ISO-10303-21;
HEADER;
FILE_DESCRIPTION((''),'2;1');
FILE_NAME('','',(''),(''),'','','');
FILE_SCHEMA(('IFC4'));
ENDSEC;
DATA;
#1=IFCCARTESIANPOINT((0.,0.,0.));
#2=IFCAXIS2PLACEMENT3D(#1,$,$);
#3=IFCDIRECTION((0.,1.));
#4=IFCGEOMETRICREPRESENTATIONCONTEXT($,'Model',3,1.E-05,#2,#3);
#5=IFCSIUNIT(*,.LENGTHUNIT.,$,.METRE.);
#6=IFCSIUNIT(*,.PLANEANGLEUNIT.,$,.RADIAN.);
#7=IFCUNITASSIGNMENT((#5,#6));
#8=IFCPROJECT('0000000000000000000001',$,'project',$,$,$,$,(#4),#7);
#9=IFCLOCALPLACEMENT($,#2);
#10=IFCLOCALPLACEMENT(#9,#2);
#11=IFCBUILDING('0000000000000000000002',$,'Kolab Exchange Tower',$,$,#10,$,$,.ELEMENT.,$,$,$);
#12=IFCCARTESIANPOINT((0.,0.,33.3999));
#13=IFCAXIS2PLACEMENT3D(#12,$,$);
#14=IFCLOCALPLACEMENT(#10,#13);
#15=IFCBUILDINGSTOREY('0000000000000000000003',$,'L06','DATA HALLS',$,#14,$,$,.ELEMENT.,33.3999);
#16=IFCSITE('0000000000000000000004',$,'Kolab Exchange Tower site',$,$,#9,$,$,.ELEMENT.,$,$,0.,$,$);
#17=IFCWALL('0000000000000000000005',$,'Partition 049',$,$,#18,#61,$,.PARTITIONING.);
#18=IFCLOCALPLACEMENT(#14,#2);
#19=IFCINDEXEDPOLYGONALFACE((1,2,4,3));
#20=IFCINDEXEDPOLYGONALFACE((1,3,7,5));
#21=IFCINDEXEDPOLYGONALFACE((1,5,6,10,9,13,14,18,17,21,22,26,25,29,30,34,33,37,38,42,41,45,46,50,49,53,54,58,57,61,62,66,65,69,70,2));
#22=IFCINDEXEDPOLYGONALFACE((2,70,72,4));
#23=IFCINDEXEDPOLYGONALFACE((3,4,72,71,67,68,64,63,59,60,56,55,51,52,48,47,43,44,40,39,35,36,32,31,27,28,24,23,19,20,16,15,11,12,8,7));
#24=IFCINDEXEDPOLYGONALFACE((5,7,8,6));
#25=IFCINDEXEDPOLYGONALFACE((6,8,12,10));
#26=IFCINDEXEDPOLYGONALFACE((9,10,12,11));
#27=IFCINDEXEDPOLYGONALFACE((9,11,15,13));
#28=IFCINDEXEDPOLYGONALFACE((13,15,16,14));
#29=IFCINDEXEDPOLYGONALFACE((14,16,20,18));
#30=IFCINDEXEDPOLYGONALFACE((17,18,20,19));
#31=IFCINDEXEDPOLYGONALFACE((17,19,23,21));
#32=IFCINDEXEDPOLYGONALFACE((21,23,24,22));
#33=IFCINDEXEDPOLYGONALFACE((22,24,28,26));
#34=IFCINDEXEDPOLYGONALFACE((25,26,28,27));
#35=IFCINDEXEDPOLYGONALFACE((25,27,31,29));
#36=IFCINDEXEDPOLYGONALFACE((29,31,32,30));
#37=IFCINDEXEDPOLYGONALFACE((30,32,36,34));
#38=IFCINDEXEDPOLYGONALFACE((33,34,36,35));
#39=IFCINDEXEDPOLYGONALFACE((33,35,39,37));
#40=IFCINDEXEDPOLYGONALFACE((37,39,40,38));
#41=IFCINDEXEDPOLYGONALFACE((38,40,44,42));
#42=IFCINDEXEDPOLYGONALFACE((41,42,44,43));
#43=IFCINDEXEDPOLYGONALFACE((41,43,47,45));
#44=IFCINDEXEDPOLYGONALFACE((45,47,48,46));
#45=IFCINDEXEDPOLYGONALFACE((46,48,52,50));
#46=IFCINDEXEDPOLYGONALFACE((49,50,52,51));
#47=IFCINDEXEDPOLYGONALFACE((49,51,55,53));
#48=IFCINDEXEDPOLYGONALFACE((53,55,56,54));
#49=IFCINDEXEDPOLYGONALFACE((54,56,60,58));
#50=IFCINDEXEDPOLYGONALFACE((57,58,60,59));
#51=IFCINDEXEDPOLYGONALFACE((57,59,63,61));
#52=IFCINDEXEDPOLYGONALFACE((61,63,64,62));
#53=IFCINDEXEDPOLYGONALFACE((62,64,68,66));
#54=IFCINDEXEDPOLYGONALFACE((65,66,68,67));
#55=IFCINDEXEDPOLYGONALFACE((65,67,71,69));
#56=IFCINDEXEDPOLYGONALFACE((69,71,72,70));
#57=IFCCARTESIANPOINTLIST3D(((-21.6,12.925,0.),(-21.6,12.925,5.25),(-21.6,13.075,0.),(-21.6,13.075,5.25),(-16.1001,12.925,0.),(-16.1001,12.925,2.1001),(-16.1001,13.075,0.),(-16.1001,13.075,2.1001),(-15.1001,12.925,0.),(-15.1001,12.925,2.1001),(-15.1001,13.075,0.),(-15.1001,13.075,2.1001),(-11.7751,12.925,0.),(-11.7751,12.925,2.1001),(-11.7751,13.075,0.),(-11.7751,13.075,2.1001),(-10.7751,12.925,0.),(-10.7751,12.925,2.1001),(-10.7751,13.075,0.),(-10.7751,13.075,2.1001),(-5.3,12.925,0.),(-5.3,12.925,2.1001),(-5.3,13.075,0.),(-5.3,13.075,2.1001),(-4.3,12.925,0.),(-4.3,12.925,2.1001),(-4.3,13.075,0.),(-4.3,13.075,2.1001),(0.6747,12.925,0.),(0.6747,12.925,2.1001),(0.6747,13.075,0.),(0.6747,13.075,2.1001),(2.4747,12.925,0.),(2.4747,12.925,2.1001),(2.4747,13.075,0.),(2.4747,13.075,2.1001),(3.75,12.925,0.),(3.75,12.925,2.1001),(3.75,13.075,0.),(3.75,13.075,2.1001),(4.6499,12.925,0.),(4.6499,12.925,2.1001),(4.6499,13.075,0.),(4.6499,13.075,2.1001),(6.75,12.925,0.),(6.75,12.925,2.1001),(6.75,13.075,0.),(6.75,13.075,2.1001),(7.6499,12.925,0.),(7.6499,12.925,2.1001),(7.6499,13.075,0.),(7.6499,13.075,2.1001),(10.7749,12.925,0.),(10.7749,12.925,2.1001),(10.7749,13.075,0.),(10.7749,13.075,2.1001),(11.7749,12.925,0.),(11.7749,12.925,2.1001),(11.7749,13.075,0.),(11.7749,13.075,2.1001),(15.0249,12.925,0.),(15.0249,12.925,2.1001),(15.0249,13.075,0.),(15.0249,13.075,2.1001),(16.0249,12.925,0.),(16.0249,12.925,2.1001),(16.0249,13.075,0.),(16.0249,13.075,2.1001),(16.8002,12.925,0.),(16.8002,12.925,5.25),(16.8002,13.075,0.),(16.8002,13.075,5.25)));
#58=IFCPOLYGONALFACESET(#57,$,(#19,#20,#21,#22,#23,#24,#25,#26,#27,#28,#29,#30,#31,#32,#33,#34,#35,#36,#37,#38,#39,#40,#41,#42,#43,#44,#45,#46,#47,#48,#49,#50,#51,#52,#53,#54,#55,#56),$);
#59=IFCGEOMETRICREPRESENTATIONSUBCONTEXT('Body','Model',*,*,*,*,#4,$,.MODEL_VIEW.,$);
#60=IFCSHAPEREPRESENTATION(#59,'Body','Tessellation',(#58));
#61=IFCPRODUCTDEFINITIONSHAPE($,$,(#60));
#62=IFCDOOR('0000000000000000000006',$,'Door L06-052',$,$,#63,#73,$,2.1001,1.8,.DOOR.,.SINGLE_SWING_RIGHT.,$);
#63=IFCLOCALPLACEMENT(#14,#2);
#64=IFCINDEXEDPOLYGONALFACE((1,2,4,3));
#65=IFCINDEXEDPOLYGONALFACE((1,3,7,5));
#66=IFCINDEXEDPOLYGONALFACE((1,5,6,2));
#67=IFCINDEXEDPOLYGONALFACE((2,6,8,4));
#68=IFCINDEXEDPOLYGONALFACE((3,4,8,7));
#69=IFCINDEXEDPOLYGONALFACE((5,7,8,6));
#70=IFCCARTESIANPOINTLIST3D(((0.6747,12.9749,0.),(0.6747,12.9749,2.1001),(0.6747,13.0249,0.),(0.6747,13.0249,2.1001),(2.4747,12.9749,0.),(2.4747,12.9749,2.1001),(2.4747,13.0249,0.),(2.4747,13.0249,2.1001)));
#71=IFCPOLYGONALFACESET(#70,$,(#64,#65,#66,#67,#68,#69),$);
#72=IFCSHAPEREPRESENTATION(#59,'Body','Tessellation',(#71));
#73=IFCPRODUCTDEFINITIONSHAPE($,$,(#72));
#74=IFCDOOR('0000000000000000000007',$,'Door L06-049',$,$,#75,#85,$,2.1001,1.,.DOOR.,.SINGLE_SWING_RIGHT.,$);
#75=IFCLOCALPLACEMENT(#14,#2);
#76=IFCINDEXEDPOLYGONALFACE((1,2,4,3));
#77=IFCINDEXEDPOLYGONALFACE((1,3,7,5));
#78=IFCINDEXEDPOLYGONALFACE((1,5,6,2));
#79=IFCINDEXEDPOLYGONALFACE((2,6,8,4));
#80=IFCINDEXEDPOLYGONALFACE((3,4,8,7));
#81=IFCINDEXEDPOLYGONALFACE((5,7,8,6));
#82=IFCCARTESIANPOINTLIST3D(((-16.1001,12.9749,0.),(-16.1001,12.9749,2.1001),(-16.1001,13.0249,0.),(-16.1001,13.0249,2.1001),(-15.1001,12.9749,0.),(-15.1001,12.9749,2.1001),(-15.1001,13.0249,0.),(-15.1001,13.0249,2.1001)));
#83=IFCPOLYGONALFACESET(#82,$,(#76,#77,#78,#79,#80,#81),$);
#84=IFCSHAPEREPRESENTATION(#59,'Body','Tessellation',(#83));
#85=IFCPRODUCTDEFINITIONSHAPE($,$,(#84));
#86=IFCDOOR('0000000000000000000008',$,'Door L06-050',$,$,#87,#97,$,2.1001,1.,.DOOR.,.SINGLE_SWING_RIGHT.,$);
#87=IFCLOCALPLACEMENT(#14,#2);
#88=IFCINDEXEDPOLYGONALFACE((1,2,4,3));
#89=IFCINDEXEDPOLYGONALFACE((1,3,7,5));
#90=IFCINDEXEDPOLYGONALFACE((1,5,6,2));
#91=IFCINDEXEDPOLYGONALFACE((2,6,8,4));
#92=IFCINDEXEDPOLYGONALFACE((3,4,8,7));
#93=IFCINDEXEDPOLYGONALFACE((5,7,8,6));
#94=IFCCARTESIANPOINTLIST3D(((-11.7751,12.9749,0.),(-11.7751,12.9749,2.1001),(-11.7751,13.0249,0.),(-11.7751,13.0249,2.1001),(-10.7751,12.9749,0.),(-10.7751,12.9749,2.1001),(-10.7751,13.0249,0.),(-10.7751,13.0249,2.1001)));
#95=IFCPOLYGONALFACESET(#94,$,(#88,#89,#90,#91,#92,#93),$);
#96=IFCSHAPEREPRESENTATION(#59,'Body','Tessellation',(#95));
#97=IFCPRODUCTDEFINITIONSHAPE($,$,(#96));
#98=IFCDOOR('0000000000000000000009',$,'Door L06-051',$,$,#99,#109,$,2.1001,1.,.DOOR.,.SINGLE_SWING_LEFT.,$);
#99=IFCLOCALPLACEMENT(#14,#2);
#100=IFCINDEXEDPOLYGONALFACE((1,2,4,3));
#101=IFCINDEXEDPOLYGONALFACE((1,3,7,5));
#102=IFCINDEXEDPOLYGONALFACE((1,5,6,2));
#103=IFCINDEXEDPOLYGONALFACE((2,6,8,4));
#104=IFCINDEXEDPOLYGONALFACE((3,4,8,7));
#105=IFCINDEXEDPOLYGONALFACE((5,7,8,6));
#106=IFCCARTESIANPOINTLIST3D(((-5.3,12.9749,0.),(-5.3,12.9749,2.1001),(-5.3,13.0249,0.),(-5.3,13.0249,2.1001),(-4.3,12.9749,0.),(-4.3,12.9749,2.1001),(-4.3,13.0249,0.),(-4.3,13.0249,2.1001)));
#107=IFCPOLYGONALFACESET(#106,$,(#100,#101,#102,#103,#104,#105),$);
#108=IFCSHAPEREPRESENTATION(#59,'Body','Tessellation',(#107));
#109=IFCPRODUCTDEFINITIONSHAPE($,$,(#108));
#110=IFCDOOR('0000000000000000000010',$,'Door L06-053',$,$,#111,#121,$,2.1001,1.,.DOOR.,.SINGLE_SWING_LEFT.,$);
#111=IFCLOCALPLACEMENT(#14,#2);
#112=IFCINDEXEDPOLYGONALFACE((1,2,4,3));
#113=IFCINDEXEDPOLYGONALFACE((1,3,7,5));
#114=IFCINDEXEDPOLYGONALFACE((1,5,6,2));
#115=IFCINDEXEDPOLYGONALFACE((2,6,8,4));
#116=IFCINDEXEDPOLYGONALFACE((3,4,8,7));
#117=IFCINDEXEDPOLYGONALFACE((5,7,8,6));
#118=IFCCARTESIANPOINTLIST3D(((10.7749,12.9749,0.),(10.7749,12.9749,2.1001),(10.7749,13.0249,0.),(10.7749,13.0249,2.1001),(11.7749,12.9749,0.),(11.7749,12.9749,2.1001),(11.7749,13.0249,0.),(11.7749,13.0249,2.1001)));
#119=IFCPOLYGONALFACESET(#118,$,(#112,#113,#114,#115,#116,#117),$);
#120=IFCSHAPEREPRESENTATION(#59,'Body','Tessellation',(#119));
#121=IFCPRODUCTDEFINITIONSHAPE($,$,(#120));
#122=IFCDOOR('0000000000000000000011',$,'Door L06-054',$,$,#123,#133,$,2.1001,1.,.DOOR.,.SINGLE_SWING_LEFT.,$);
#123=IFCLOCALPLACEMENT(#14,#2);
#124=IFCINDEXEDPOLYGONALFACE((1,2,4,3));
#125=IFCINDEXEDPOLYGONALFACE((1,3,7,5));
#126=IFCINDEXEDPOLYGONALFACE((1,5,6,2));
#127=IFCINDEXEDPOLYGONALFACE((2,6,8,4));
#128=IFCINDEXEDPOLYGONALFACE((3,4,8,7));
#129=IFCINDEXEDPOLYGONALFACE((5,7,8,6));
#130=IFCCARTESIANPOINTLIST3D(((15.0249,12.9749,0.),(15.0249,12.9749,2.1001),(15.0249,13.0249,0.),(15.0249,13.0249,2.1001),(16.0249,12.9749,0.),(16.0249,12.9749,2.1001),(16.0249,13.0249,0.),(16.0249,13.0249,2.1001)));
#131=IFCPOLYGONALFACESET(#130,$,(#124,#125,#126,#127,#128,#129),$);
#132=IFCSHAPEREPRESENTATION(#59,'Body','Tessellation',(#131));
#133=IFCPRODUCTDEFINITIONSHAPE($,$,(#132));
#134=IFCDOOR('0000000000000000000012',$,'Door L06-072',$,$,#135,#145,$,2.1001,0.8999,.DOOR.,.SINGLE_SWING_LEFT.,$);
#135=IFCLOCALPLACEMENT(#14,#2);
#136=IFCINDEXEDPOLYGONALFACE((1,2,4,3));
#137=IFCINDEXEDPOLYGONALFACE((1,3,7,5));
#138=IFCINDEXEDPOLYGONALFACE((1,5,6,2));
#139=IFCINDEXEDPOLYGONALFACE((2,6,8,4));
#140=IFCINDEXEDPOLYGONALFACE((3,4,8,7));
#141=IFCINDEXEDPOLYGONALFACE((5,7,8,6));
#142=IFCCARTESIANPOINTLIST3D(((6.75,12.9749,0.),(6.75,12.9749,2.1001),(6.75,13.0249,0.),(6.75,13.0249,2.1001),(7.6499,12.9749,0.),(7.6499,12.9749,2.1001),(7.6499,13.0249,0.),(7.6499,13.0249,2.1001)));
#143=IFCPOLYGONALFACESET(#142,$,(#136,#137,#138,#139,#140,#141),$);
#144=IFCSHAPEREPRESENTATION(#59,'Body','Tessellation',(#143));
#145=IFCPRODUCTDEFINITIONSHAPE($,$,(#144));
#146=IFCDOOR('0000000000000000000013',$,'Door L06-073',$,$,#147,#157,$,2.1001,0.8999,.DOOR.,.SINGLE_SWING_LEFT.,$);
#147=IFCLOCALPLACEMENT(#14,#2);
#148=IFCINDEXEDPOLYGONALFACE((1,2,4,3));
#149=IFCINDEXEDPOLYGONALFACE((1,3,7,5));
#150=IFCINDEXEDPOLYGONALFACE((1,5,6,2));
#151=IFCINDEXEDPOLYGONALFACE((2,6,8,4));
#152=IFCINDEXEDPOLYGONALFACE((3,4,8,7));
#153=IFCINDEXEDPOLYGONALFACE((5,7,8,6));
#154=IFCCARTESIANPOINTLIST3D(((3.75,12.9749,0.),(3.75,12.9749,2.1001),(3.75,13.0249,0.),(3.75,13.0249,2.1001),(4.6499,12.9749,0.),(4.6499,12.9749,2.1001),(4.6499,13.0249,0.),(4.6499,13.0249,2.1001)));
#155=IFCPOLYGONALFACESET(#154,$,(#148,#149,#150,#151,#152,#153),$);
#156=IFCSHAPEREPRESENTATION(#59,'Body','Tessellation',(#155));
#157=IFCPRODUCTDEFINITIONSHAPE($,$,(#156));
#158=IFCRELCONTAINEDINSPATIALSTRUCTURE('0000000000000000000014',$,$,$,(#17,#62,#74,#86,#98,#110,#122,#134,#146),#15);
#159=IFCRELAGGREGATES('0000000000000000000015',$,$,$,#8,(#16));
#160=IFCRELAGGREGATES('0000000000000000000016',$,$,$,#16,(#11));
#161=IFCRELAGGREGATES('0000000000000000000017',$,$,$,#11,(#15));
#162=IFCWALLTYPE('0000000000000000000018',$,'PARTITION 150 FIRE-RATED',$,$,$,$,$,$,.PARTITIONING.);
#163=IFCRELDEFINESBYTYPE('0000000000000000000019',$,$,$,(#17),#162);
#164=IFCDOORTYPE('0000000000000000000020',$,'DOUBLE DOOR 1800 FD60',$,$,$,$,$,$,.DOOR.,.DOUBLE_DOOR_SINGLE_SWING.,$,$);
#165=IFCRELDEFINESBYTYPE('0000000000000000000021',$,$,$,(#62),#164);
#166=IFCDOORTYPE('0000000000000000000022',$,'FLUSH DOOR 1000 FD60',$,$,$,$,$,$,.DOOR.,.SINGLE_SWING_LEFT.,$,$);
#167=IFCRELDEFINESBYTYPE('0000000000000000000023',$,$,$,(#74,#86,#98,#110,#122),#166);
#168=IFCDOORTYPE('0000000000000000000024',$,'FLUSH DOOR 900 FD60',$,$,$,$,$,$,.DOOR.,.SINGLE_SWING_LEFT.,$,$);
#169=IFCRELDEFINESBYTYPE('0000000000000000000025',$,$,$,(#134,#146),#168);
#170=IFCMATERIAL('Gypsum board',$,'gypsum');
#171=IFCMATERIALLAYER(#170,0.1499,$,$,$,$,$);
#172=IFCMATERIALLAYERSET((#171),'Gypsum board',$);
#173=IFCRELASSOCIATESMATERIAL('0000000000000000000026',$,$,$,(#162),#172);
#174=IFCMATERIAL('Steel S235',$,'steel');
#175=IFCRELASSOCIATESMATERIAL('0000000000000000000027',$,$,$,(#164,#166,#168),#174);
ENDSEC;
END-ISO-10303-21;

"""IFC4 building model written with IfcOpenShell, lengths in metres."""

from ifc_helpers import new_model, si_unit, direction, frame, frame_2d, origin, place, context, subcontext, project, spatial, rectangle, extrude, material, layer, layer_set, type_object, element, fill, save


model = new_model("IFC4")

# Units and contexts
model_context = context("Model", 3, precision=1e-05, world=origin(), true_north=direction((0.0, 1.0)))
body_context = subcontext(model_context, "Body", "Model", "MODEL_VIEW")
ifc_project = project(units=[si_unit("LENGTHUNIT", "METRE"), si_unit("PLANEANGLEUNIT", "RADIAN")], contexts=[model_context])

# Site, building, storey
site_placement = place(None, origin())
site = spatial("IfcSite", under=ifc_project, at=site_placement, Name="Kolab Exchange Tower site", CompositionType="ELEMENT", RefElevation=0.0)
building_placement = place(site_placement, origin())
building = spatial("IfcBuilding", under=site, at=building_placement, Name="Kolab Exchange Tower", CompositionType="ELEMENT")
storey_placement = place(building_placement, frame((0.0, 0.0, 33.3999)))
storey = spatial("IfcBuildingStorey", under=building, at=storey_placement, Name="L06", Description="DATA HALLS", CompositionType="ELEMENT", Elevation=33.3999)

# Shared definitions
ifc_material_1 = material(Name="Gypsum board", Category="gypsum")
ifc_layer_1 = layer(ifc_material_1, 0.1499)
ifc_layer_set_1 = layer_set([ifc_layer_1], Name="Gypsum board")
wall_type = type_object("IfcWallType", Name="PARTITION 150 FIRE-RATED", PredefinedType="PARTITIONING", material=ifc_layer_set_1)

# Wall, openings, doors
wall_1_placement = place(storey_placement, frame((-21.6001, 13.0, 0.0), z_axis=(0.0, 0.0, 1.0), x_axis=(1.0, 0.0, 0.0)))
wall_1 = element("IfcWall", 1, at=wall_1_placement, inside=storey, type_object=wall_type, Name="Partition 049", PredefinedType="PARTITIONING", context=body_context, shape_type="SweptSolid", body=[
    extrude(rectangle(XDim=38.4001, YDim=0.1499, at=frame_2d((19.2002, 0.0))), origin(), (0.0, 0.0, 1.0), 5.25),
])
opening_1_placement = place(wall_1_placement, frame((5.5, 0.0, 0.0)))
opening_1 = element("IfcOpeningElement", 2, at=opening_1_placement, cuts=wall_1, PredefinedType="OPENING", context=body_context, shape_type="SweptSolid", body=[
    extrude(rectangle(XDim=1.0, YDim=2.1001, at=frame_2d((0.5, 1.05))), frame((0.0, 0.085, 0.0), z_axis=(0.0, -1.0, 0.0), x_axis=(1.0, 0.0, 0.0)), (0.0, 0.0, 1.0), 0.1699),
])
opening_2_placement = place(wall_1_placement, frame((9.825, 0.0, 0.0)))
opening_2 = element("IfcOpeningElement", 3, at=opening_2_placement, cuts=wall_1, PredefinedType="OPENING", context=body_context, shape_type="SweptSolid", body=[
    extrude(rectangle(XDim=1.0, YDim=2.1001, at=frame_2d((0.5, 1.05))), frame((0.0, 0.085, 0.0), z_axis=(0.0, -1.0, 0.0), x_axis=(1.0, 0.0, 0.0)), (0.0, 0.0, 1.0), 0.1699),
])
opening_3_placement = place(wall_1_placement, frame((16.3, 0.0, 0.0)))
opening_3 = element("IfcOpeningElement", 4, at=opening_3_placement, cuts=wall_1, PredefinedType="OPENING", context=body_context, shape_type="SweptSolid", body=[
    extrude(rectangle(XDim=1.0, YDim=2.1001, at=frame_2d((0.5, 1.05))), frame((0.0, 0.085, 0.0), z_axis=(0.0, -1.0, 0.0), x_axis=(1.0, 0.0, 0.0)), (0.0, 0.0, 1.0), 0.1699),
])
opening_4_placement = place(wall_1_placement, frame((22.2749, 0.0, 0.0)))
opening_4 = element("IfcOpeningElement", 5, at=opening_4_placement, cuts=wall_1, PredefinedType="OPENING", context=body_context, shape_type="SweptSolid", body=[
    extrude(rectangle(XDim=1.8, YDim=2.1001, at=frame_2d((0.8999, 1.05))), frame((0.0, 0.085, 0.0), z_axis=(0.0, -1.0, 0.0), x_axis=(1.0, 0.0, 0.0)), (0.0, 0.0, 1.0), 0.1699),
])
opening_5_placement = place(wall_1_placement, frame((32.375, 0.0, 0.0)))
opening_5 = element("IfcOpeningElement", 6, at=opening_5_placement, cuts=wall_1, PredefinedType="OPENING", context=body_context, shape_type="SweptSolid", body=[
    extrude(rectangle(XDim=1.0, YDim=2.1001, at=frame_2d((0.5, 1.05))), frame((0.0, 0.085, 0.0), z_axis=(0.0, -1.0, 0.0), x_axis=(1.0, 0.0, 0.0)), (0.0, 0.0, 1.0), 0.1699),
])
opening_6_placement = place(wall_1_placement, frame((36.625, 0.0, 0.0)))
opening_6 = element("IfcOpeningElement", 7, at=opening_6_placement, cuts=wall_1, PredefinedType="OPENING", context=body_context, shape_type="SweptSolid", body=[
    extrude(rectangle(XDim=1.0, YDim=2.1001, at=frame_2d((0.5, 1.05))), frame((0.0, 0.085, 0.0), z_axis=(0.0, -1.0, 0.0), x_axis=(1.0, 0.0, 0.0)), (0.0, 0.0, 1.0), 0.1699),
])
opening_7_placement = place(wall_1_placement, frame((28.3501, 0.0, 0.0)))
opening_7 = element("IfcOpeningElement", 8, at=opening_7_placement, cuts=wall_1, PredefinedType="OPENING", context=body_context, shape_type="SweptSolid", body=[
    extrude(rectangle(XDim=0.8999, YDim=2.1001, at=frame_2d((0.45, 1.05))), frame((0.0, 0.085, 0.0), z_axis=(0.0, -1.0, 0.0), x_axis=(1.0, 0.0, 0.0)), (0.0, 0.0, 1.0), 0.1699),
])
opening_8_placement = place(wall_1_placement, frame((25.3501, 0.0, 0.0)))
opening_8 = element("IfcOpeningElement", 9, at=opening_8_placement, cuts=wall_1, PredefinedType="OPENING", context=body_context, shape_type="SweptSolid", body=[
    extrude(rectangle(XDim=0.8999, YDim=2.1001, at=frame_2d((0.45, 1.05))), frame((0.0, 0.085, 0.0), z_axis=(0.0, -1.0, 0.0), x_axis=(1.0, 0.0, 0.0)), (0.0, 0.0, 1.0), 0.1699),
])
ifc_material_2 = material(Name="Steel S235", Category="steel")
door_type_1 = type_object("IfcDoorType", Name="DOUBLE DOOR 1800 FD60", OperationType="DOUBLE_DOOR_SINGLE_SWING", PredefinedType="DOOR", material=ifc_material_2)
door_1_placement = place(opening_4_placement, origin())
door_1 = element("IfcDoor", 10, at=door_1_placement, inside=storey, type_object=door_type_1, Name="Door L06-052", OperationType="SINGLE_SWING_RIGHT", OverallHeight=2.1001, OverallWidth=1.8, PredefinedType="DOOR", context=body_context, shape_type="SweptSolid", body=[
    extrude(rectangle(XDim=1.8, YDim=2.1001, at=frame_2d((0.8999, 1.05))), frame((0.0, 0.0249, 0.0), z_axis=(0.0, -1.0, 0.0), x_axis=(1.0, 0.0, 0.0)), (0.0, 0.0, 1.0), 0.05),
])
fill(opening_4, door_1)
door_type_2 = type_object("IfcDoorType", Name="FLUSH DOOR 1000 FD60", OperationType="SINGLE_SWING_LEFT", PredefinedType="DOOR", material=ifc_material_2)
door_2_placement = place(opening_1_placement, origin())
door_2 = element("IfcDoor", 11, at=door_2_placement, inside=storey, type_object=door_type_2, Name="Door L06-049", OperationType="SINGLE_SWING_RIGHT", OverallHeight=2.1001, OverallWidth=1.0, PredefinedType="DOOR", context=body_context, shape_type="SweptSolid", body=[
    extrude(rectangle(XDim=1.0, YDim=2.1001, at=frame_2d((0.5, 1.05))), frame((0.0, 0.0249, 0.0), z_axis=(0.0, -1.0, 0.0), x_axis=(1.0, 0.0, 0.0)), (0.0, 0.0, 1.0), 0.05),
])
fill(opening_1, door_2)
door_3_placement = place(opening_2_placement, origin())
door_3 = element("IfcDoor", 12, at=door_3_placement, inside=storey, type_object=door_type_2, Name="Door L06-050", OperationType="SINGLE_SWING_RIGHT", OverallHeight=2.1001, OverallWidth=1.0, PredefinedType="DOOR", context=body_context, shape_type="SweptSolid", body=[
    extrude(rectangle(XDim=1.0, YDim=2.1001, at=frame_2d((0.5, 1.05))), frame((0.0, 0.0249, 0.0), z_axis=(0.0, -1.0, 0.0), x_axis=(1.0, 0.0, 0.0)), (0.0, 0.0, 1.0), 0.05),
])
fill(opening_2, door_3)
door_4_placement = place(opening_3_placement, origin())
door_4 = element("IfcDoor", 13, at=door_4_placement, inside=storey, type_object=door_type_2, Name="Door L06-051", OperationType="SINGLE_SWING_LEFT", OverallHeight=2.1001, OverallWidth=1.0, PredefinedType="DOOR", context=body_context, shape_type="SweptSolid", body=[
    extrude(rectangle(XDim=1.0, YDim=2.1001, at=frame_2d((0.5, 1.05))), frame((0.0, 0.0249, 0.0), z_axis=(0.0, -1.0, 0.0), x_axis=(1.0, 0.0, 0.0)), (0.0, 0.0, 1.0), 0.05),
])
fill(opening_3, door_4)
door_5_placement = place(opening_5_placement, origin())
door_5 = element("IfcDoor", 14, at=door_5_placement, inside=storey, type_object=door_type_2, Name="Door L06-053", OperationType="SINGLE_SWING_LEFT", OverallHeight=2.1001, OverallWidth=1.0, PredefinedType="DOOR", context=body_context, shape_type="SweptSolid", body=[
    extrude(rectangle(XDim=1.0, YDim=2.1001, at=frame_2d((0.5, 1.05))), frame((0.0, 0.0249, 0.0), z_axis=(0.0, -1.0, 0.0), x_axis=(1.0, 0.0, 0.0)), (0.0, 0.0, 1.0), 0.05),
])
fill(opening_5, door_5)
door_6_placement = place(opening_6_placement, origin())
door_6 = element("IfcDoor", 15, at=door_6_placement, inside=storey, type_object=door_type_2, Name="Door L06-054", OperationType="SINGLE_SWING_LEFT", OverallHeight=2.1001, OverallWidth=1.0, PredefinedType="DOOR", context=body_context, shape_type="SweptSolid", body=[
    extrude(rectangle(XDim=1.0, YDim=2.1001, at=frame_2d((0.5, 1.05))), frame((0.0, 0.0249, 0.0), z_axis=(0.0, -1.0, 0.0), x_axis=(1.0, 0.0, 0.0)), (0.0, 0.0, 1.0), 0.05),
])
fill(opening_6, door_6)
door_type_3 = type_object("IfcDoorType", Name="FLUSH DOOR 900 FD60", OperationType="SINGLE_SWING_LEFT", PredefinedType="DOOR", material=ifc_material_2)
door_7_placement = place(opening_7_placement, origin())
door_7 = element("IfcDoor", 16, at=door_7_placement, inside=storey, type_object=door_type_3, Name="Door L06-072", OperationType="SINGLE_SWING_LEFT", OverallHeight=2.1001, OverallWidth=0.8999, PredefinedType="DOOR", context=body_context, shape_type="SweptSolid", body=[
    extrude(rectangle(XDim=0.8999, YDim=2.1001, at=frame_2d((0.45, 1.05))), frame((0.0, 0.0249, 0.0), z_axis=(0.0, -1.0, 0.0), x_axis=(1.0, 0.0, 0.0)), (0.0, 0.0, 1.0), 0.05),
])
fill(opening_7, door_7)
door_8_placement = place(opening_8_placement, origin())
door_8 = element("IfcDoor", 17, at=door_8_placement, inside=storey, type_object=door_type_3, Name="Door L06-073", OperationType="SINGLE_SWING_LEFT", OverallHeight=2.1001, OverallWidth=0.8999, PredefinedType="DOOR", context=body_context, shape_type="SweptSolid", body=[
    extrude(rectangle(XDim=0.8999, YDim=2.1001, at=frame_2d((0.45, 1.05))), frame((0.0, 0.0249, 0.0), z_axis=(0.0, -1.0, 0.0), x_axis=(1.0, 0.0, 0.0)), (0.0, 0.0, 1.0), 0.05),
])
fill(opening_8, door_8)

save(model, "model.ifc")
